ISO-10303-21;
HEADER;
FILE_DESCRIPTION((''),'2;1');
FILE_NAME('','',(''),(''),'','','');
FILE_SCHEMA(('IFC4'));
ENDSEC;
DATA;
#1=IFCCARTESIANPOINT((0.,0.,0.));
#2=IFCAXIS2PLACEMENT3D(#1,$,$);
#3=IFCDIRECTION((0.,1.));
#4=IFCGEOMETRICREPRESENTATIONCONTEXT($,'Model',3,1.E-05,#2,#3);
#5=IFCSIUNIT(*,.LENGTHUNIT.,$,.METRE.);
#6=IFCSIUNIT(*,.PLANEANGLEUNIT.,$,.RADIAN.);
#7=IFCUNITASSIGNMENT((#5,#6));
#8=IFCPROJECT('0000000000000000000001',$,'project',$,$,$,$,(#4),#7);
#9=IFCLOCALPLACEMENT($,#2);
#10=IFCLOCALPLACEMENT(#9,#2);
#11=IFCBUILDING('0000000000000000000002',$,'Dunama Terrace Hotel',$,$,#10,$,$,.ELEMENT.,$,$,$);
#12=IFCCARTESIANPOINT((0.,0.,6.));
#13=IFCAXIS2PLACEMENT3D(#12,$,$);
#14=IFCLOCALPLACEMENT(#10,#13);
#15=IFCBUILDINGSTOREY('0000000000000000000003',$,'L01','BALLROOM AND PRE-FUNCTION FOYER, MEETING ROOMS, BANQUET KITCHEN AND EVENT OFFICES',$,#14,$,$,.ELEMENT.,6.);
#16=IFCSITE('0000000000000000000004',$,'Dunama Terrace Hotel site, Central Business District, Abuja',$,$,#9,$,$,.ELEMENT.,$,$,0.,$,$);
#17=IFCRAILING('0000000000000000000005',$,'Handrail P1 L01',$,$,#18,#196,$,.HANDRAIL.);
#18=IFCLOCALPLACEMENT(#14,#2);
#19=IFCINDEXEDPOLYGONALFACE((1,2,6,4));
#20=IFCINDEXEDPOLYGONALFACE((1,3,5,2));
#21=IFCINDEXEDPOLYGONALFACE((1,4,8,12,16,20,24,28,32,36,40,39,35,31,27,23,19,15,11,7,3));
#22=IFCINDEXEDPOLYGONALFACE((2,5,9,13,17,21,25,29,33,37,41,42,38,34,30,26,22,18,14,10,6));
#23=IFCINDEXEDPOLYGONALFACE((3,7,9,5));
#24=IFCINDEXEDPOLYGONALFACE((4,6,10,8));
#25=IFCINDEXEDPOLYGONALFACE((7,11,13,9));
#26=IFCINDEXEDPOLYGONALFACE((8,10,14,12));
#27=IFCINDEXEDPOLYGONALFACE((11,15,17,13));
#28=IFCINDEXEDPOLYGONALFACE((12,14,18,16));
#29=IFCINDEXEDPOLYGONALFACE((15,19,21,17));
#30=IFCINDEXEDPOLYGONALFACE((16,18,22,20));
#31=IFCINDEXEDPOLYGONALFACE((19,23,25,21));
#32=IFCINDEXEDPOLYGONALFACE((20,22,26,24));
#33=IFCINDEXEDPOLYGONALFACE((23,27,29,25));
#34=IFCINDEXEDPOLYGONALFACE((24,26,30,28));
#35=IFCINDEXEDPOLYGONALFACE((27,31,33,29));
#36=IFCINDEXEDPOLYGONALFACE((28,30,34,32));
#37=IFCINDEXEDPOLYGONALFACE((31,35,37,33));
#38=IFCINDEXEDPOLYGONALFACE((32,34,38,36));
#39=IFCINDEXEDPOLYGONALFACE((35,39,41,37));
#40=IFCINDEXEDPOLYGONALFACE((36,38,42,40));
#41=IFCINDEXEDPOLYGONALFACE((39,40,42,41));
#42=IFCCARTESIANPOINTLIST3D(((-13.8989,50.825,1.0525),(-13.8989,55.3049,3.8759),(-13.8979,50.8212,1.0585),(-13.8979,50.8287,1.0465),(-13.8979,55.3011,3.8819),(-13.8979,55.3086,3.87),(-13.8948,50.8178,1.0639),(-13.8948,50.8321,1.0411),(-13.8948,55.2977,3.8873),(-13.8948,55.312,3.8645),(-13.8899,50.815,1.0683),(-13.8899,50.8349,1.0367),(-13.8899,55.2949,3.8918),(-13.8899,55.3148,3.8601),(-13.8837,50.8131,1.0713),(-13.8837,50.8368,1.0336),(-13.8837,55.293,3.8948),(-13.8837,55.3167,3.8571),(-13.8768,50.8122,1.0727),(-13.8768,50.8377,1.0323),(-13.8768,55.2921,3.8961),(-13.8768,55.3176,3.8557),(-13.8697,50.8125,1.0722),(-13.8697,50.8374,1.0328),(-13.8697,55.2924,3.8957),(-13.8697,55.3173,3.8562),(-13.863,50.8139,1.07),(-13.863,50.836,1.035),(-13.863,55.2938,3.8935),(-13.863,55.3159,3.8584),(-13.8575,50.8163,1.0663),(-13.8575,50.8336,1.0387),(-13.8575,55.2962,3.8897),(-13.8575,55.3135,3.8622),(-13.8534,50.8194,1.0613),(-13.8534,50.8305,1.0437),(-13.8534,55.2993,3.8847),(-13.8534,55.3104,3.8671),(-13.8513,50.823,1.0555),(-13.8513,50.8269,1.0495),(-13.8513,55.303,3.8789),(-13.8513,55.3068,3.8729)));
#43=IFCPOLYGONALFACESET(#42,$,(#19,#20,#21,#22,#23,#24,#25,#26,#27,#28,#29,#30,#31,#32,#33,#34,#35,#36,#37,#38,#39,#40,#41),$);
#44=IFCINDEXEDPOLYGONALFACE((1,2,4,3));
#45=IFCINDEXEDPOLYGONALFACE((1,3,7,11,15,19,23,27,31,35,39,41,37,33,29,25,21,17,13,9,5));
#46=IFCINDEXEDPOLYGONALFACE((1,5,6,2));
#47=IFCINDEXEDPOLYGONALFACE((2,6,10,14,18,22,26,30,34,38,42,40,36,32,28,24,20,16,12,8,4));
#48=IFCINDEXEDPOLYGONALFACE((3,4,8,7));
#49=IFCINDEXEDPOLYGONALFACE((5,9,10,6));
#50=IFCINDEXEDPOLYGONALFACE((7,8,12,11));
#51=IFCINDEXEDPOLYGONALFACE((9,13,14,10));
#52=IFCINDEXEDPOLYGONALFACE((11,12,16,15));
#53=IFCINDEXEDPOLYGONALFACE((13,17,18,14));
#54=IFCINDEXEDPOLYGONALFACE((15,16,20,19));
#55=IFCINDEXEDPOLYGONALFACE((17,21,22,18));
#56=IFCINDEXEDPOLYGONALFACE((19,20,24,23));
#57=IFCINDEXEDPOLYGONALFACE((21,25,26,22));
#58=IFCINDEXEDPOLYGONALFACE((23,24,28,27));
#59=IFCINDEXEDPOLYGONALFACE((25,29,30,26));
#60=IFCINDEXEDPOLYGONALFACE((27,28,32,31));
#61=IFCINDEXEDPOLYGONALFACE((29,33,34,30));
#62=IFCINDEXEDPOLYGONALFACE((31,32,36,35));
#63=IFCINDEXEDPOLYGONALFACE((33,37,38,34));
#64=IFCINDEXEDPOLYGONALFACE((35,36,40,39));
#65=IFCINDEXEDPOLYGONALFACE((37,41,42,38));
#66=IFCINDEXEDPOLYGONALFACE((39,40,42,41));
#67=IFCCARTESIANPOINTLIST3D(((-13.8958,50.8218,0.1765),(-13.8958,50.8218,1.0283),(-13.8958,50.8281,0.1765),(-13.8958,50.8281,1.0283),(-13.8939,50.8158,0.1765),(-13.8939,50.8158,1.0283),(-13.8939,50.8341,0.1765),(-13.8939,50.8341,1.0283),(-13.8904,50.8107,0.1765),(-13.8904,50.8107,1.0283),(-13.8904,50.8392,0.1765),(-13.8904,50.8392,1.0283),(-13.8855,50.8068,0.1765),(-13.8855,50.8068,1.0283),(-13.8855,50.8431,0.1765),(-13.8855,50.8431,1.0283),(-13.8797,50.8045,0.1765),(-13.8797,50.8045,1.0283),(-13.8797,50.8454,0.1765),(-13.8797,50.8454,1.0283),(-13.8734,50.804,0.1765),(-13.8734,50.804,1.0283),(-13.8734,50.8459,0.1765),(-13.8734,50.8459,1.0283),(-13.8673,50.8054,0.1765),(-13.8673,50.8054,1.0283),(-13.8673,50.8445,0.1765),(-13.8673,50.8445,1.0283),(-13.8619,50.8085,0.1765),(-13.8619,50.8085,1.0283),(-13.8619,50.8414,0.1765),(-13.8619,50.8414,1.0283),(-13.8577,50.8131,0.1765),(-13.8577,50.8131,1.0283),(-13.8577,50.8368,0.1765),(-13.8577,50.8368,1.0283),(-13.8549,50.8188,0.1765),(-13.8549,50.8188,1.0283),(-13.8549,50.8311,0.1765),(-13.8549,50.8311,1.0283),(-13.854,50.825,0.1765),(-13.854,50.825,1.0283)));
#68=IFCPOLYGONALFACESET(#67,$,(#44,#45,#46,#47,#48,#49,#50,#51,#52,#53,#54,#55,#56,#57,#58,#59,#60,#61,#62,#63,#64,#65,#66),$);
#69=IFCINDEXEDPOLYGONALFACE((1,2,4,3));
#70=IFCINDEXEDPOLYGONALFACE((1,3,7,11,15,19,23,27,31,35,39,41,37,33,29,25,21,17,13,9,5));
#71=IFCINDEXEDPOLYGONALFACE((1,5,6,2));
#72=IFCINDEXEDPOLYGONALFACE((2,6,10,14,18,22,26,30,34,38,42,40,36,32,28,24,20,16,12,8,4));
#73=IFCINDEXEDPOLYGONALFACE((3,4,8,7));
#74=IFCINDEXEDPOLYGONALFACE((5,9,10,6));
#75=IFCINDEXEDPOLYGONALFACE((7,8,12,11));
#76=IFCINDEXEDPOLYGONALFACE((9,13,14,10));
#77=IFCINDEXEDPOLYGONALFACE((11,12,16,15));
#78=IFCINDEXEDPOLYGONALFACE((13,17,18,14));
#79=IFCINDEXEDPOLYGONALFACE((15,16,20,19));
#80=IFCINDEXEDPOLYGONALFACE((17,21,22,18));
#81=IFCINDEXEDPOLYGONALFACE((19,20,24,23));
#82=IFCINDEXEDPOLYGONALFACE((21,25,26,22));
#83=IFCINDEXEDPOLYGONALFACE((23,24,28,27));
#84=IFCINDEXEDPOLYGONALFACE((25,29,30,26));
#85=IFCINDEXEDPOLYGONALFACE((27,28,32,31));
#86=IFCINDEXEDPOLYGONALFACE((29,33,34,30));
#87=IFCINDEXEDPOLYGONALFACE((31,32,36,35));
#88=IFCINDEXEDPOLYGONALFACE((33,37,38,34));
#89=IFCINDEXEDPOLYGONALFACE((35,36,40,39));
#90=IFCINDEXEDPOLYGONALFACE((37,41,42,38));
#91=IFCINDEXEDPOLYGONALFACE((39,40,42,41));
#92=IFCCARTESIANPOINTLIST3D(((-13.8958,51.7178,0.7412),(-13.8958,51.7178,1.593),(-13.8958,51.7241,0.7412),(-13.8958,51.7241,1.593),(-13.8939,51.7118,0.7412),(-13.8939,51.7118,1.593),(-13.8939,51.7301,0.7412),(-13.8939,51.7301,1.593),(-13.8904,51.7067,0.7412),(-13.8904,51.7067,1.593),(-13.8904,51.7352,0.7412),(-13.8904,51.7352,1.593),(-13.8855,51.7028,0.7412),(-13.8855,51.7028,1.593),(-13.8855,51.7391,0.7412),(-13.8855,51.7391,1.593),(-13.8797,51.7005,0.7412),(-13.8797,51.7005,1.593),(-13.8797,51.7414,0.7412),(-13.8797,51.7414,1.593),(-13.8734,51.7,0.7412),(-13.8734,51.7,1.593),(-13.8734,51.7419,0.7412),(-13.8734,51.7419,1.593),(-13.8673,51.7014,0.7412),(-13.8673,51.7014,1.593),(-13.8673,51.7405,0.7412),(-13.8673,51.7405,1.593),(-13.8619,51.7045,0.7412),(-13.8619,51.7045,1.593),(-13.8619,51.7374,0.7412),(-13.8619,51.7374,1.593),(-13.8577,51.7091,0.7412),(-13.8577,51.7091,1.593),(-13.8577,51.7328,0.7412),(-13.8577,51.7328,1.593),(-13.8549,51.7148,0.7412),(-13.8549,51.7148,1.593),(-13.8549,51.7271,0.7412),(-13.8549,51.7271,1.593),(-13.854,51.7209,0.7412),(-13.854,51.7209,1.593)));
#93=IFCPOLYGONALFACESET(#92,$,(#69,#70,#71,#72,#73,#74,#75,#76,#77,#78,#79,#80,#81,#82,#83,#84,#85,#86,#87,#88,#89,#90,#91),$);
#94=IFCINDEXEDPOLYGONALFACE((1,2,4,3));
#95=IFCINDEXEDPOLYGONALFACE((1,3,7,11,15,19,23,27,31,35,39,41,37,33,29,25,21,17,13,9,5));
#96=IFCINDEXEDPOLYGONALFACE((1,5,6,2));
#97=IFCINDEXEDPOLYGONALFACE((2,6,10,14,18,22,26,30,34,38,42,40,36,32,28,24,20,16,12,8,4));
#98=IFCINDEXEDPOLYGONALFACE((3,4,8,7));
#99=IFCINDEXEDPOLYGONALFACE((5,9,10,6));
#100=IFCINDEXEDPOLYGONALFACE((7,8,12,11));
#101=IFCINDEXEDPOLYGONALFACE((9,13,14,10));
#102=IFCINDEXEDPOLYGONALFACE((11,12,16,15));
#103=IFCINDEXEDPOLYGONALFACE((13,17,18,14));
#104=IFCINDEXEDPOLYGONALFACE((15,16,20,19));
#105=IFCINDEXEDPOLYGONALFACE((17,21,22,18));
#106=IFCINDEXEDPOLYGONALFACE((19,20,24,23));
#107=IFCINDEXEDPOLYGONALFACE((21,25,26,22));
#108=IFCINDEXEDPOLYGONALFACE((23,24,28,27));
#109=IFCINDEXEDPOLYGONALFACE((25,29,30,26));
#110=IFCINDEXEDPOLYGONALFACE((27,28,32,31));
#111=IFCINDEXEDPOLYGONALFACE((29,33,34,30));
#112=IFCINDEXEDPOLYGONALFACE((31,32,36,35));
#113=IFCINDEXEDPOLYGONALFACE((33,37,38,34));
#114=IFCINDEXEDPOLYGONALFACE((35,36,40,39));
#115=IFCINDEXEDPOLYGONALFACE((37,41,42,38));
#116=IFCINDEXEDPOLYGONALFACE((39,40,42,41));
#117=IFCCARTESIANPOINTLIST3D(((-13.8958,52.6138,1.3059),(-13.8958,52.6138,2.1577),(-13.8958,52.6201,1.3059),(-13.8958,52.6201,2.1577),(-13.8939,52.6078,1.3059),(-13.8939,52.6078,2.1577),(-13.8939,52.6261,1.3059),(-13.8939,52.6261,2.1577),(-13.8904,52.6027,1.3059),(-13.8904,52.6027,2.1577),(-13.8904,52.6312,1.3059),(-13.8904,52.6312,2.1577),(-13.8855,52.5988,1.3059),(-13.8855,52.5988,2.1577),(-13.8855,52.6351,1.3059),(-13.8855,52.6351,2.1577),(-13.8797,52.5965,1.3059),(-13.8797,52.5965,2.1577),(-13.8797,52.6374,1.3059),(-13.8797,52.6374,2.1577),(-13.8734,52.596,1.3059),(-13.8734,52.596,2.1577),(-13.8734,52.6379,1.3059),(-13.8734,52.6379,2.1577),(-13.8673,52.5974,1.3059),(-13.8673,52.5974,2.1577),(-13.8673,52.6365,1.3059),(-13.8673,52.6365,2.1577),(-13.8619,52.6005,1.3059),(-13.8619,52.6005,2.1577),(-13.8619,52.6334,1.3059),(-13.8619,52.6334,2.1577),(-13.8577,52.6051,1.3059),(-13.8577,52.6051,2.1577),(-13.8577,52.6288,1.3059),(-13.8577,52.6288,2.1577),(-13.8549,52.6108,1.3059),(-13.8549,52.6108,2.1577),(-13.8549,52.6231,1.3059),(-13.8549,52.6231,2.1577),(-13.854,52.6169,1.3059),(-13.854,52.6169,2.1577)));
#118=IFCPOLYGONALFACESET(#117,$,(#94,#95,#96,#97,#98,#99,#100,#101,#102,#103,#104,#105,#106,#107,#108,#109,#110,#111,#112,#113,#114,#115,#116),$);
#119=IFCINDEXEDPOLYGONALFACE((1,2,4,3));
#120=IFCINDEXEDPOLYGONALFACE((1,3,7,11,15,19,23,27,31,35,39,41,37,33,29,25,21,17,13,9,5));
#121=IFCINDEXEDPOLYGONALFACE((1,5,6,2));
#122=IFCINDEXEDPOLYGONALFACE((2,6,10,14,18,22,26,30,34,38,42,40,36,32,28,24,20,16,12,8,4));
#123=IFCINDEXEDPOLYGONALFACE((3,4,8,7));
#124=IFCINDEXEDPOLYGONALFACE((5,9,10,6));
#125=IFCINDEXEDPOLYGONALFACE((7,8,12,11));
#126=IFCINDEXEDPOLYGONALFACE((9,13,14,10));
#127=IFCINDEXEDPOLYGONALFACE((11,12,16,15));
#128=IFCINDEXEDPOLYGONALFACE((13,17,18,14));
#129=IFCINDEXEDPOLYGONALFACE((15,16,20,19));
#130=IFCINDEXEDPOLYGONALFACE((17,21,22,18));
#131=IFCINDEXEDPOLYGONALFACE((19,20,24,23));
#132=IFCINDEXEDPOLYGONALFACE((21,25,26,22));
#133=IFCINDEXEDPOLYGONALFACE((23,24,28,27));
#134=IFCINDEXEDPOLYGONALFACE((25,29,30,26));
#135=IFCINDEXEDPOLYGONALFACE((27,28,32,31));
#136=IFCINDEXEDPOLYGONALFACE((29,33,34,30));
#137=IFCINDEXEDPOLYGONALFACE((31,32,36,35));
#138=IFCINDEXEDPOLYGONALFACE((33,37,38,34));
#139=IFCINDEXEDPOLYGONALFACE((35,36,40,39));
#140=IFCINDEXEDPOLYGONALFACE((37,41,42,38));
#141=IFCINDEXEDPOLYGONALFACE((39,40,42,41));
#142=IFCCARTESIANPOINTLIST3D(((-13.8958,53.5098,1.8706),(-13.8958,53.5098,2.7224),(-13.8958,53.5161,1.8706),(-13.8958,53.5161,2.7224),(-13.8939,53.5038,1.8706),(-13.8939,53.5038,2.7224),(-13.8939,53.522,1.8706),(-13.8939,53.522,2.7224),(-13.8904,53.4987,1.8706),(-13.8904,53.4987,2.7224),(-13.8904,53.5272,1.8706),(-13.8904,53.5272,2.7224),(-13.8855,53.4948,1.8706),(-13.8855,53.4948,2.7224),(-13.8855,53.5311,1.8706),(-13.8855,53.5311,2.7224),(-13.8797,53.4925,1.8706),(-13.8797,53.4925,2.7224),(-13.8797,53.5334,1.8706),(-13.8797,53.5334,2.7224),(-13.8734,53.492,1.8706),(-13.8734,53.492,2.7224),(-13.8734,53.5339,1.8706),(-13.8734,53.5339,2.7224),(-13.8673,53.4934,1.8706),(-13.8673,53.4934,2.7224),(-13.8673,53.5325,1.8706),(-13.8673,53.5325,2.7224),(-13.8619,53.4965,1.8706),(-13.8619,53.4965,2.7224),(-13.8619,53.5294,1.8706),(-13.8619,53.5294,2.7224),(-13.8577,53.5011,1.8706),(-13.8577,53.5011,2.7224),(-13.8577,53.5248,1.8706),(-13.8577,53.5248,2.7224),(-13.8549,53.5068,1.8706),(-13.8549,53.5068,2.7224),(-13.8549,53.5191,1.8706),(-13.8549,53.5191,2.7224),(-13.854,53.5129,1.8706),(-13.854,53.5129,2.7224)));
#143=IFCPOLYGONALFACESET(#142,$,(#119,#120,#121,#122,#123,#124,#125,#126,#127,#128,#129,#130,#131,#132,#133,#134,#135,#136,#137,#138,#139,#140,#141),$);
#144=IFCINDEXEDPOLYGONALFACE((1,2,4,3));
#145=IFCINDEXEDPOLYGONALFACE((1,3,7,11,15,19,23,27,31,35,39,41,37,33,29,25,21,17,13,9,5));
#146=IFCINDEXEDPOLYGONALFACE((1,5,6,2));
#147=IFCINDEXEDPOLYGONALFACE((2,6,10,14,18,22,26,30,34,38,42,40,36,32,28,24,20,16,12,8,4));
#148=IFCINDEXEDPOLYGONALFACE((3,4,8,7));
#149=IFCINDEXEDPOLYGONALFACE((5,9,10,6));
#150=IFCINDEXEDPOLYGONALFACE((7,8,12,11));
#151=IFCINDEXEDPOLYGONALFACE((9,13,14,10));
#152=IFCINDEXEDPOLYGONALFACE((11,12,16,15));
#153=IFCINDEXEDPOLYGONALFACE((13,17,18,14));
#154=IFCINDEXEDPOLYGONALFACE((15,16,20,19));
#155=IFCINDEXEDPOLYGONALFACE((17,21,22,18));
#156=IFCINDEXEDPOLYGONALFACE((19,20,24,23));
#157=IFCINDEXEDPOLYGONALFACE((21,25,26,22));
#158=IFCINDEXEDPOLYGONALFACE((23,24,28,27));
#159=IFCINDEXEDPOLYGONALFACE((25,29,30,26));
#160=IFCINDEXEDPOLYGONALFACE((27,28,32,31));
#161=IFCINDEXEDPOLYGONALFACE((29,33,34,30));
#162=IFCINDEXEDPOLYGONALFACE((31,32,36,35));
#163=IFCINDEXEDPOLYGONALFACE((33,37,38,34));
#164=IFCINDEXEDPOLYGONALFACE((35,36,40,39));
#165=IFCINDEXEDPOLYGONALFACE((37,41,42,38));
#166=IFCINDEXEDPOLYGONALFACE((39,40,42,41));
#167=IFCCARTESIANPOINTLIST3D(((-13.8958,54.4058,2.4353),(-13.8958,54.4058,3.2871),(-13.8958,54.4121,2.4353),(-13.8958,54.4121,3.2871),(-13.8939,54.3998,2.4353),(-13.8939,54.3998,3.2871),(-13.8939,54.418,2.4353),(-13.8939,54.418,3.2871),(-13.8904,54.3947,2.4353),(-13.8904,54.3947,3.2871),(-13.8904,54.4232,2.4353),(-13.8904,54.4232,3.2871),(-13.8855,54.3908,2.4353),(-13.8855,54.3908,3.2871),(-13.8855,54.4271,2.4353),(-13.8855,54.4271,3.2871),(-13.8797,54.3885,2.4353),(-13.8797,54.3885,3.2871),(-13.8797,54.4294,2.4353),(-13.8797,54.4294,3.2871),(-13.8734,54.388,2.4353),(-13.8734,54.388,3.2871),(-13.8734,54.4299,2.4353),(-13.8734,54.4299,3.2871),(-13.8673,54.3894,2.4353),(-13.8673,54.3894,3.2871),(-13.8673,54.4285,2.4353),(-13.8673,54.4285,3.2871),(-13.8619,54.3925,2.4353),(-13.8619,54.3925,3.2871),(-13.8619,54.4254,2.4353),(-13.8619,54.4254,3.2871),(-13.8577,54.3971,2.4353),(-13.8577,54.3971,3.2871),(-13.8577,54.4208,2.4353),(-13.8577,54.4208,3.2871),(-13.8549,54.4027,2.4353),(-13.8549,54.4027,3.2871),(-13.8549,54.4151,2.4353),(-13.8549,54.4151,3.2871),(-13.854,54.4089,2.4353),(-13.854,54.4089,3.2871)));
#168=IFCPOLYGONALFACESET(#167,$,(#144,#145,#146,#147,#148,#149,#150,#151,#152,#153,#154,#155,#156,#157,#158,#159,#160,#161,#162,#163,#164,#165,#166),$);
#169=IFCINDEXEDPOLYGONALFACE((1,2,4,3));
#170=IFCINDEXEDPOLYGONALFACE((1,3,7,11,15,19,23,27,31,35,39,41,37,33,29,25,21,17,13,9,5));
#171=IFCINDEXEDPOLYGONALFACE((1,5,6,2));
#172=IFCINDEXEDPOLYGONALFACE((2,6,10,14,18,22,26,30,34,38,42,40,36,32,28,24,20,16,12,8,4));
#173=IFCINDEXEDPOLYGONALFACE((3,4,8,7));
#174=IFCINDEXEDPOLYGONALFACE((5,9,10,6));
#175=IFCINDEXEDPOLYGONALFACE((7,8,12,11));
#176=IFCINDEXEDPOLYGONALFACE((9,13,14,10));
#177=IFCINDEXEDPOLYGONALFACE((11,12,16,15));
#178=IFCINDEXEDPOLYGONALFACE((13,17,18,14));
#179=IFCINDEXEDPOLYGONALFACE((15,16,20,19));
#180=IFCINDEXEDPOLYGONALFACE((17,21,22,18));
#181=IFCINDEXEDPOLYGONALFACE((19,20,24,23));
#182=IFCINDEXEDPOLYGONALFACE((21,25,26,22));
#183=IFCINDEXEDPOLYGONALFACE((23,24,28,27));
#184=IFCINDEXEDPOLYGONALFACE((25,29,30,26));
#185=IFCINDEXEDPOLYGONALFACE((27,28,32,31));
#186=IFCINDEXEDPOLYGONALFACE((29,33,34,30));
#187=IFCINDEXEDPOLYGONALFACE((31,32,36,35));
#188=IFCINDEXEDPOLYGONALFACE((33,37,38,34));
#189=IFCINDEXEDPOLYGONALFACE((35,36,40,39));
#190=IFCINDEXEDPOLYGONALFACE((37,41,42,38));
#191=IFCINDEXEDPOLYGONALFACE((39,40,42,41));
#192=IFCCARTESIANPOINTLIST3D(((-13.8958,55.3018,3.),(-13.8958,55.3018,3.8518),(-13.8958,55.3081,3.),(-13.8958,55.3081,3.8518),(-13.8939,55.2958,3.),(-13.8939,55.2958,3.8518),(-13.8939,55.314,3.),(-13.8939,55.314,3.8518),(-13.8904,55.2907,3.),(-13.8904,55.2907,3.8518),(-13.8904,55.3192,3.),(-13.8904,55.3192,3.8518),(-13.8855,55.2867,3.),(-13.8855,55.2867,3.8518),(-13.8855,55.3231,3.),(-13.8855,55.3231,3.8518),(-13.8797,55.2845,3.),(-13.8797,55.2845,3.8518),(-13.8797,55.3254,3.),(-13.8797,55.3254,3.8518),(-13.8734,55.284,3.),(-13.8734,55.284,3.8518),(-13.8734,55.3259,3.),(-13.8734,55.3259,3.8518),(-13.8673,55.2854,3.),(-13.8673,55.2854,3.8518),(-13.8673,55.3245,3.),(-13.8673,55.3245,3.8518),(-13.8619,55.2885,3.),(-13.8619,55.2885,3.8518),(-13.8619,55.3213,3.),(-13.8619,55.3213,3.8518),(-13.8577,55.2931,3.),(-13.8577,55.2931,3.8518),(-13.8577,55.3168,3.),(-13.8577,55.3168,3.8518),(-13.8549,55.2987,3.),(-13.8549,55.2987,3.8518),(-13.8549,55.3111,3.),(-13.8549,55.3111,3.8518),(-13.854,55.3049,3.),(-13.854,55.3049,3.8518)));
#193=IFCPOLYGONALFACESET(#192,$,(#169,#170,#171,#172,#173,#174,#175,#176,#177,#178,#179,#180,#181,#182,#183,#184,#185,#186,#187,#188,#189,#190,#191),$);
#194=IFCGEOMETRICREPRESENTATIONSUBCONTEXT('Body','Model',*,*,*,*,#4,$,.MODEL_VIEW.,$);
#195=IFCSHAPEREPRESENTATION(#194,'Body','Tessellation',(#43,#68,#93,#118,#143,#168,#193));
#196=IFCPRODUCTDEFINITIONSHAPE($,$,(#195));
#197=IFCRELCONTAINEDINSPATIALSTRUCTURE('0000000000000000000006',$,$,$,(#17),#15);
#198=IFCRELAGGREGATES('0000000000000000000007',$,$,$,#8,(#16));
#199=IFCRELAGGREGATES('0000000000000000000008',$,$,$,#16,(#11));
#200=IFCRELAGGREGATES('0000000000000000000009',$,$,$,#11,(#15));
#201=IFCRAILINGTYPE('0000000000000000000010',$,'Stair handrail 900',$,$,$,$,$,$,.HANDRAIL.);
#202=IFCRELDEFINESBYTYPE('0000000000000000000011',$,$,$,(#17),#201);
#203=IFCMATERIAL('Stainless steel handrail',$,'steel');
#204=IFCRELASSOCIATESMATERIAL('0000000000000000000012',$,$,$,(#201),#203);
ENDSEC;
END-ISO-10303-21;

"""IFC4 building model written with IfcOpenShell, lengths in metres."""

from ifc_helpers import new_model, si_unit, direction, frame, origin, origin_2d, place, context, subcontext, project, spatial, circle, extrude, material, type_object, element, save


model = new_model("IFC4")

# Units and contexts
model_context = context("Model", 3, precision=1e-05, world=origin(), true_north=direction((0.0, 1.0)))
body_context = subcontext(model_context, "Body", "Model", "MODEL_VIEW")
ifc_project = project(units=[si_unit("LENGTHUNIT", "METRE"), si_unit("PLANEANGLEUNIT", "RADIAN")], contexts=[model_context])

# Site, building, storey
site_placement = place(None, origin())
site = spatial("IfcSite", under=ifc_project, at=site_placement, Name="Dunama Terrace Hotel site, Central Business District, Abuja", CompositionType="ELEMENT", RefElevation=0.0)
building_placement = place(site_placement, origin())
building = spatial("IfcBuilding", under=site, at=building_placement, Name="Dunama Terrace Hotel", CompositionType="ELEMENT")
storey_placement = place(building_placement, frame((0.0, 0.0, 6.0)))
storey = spatial("IfcBuildingStorey", under=building, at=storey_placement, Name="L01", Description="BALLROOM AND PRE-FUNCTION FOYER, MEETING ROOMS, BANQUET KITCHEN AND EVENT OFFICES", CompositionType="ELEMENT", Elevation=6.0)

# Railing
ifc_material_1 = material(Name="Stainless steel handrail", Category="steel")
railing_type = type_object("IfcRailingType", Name="Stair handrail 900", PredefinedType="HANDRAIL", material=ifc_material_1)
railing_placement = place(storey_placement, frame((-13.875, 50.825, 0.1765)))
element("IfcRailing", 1, at=railing_placement, inside=storey, type_object=railing_type, Name="Handrail P1 L01", PredefinedType="HANDRAIL", context=body_context, shape_type="SweptSolid", body=[
    extrude(circle(Radius=0.0239, at=origin_2d()), frame((0.0, 0.0, 0.876), z_axis=(0.0, 0.845998, 0.533186), x_axis=(-1.0, 0.0, 0.0)), (0.0, 0.0, 1.0), 5.2954),
    extrude(circle(Radius=0.021, at=origin_2d()), origin(), (0.0, 0.0, 1.0), 0.8518),
    extrude(circle(Radius=0.021, at=origin_2d()), frame((0.0, 0.896, 0.5647)), (0.0, 0.0, 1.0), 0.8518),
    extrude(circle(Radius=0.021, at=origin_2d()), frame((0.0, 1.792, 1.1294)), (0.0, 0.0, 1.0), 0.8518),
    extrude(circle(Radius=0.021, at=origin_2d()), frame((0.0, 2.688, 1.6941)), (0.0, 0.0, 1.0), 0.8518),
    extrude(circle(Radius=0.021, at=origin_2d()), frame((0.0, 3.584, 2.2588)), (0.0, 0.0, 1.0), 0.8518),
    extrude(circle(Radius=0.021, at=origin_2d()), frame((0.0, 4.48, 2.8235)), (0.0, 0.0, 1.0), 0.8518),
])

save(model, "model.ifc")
